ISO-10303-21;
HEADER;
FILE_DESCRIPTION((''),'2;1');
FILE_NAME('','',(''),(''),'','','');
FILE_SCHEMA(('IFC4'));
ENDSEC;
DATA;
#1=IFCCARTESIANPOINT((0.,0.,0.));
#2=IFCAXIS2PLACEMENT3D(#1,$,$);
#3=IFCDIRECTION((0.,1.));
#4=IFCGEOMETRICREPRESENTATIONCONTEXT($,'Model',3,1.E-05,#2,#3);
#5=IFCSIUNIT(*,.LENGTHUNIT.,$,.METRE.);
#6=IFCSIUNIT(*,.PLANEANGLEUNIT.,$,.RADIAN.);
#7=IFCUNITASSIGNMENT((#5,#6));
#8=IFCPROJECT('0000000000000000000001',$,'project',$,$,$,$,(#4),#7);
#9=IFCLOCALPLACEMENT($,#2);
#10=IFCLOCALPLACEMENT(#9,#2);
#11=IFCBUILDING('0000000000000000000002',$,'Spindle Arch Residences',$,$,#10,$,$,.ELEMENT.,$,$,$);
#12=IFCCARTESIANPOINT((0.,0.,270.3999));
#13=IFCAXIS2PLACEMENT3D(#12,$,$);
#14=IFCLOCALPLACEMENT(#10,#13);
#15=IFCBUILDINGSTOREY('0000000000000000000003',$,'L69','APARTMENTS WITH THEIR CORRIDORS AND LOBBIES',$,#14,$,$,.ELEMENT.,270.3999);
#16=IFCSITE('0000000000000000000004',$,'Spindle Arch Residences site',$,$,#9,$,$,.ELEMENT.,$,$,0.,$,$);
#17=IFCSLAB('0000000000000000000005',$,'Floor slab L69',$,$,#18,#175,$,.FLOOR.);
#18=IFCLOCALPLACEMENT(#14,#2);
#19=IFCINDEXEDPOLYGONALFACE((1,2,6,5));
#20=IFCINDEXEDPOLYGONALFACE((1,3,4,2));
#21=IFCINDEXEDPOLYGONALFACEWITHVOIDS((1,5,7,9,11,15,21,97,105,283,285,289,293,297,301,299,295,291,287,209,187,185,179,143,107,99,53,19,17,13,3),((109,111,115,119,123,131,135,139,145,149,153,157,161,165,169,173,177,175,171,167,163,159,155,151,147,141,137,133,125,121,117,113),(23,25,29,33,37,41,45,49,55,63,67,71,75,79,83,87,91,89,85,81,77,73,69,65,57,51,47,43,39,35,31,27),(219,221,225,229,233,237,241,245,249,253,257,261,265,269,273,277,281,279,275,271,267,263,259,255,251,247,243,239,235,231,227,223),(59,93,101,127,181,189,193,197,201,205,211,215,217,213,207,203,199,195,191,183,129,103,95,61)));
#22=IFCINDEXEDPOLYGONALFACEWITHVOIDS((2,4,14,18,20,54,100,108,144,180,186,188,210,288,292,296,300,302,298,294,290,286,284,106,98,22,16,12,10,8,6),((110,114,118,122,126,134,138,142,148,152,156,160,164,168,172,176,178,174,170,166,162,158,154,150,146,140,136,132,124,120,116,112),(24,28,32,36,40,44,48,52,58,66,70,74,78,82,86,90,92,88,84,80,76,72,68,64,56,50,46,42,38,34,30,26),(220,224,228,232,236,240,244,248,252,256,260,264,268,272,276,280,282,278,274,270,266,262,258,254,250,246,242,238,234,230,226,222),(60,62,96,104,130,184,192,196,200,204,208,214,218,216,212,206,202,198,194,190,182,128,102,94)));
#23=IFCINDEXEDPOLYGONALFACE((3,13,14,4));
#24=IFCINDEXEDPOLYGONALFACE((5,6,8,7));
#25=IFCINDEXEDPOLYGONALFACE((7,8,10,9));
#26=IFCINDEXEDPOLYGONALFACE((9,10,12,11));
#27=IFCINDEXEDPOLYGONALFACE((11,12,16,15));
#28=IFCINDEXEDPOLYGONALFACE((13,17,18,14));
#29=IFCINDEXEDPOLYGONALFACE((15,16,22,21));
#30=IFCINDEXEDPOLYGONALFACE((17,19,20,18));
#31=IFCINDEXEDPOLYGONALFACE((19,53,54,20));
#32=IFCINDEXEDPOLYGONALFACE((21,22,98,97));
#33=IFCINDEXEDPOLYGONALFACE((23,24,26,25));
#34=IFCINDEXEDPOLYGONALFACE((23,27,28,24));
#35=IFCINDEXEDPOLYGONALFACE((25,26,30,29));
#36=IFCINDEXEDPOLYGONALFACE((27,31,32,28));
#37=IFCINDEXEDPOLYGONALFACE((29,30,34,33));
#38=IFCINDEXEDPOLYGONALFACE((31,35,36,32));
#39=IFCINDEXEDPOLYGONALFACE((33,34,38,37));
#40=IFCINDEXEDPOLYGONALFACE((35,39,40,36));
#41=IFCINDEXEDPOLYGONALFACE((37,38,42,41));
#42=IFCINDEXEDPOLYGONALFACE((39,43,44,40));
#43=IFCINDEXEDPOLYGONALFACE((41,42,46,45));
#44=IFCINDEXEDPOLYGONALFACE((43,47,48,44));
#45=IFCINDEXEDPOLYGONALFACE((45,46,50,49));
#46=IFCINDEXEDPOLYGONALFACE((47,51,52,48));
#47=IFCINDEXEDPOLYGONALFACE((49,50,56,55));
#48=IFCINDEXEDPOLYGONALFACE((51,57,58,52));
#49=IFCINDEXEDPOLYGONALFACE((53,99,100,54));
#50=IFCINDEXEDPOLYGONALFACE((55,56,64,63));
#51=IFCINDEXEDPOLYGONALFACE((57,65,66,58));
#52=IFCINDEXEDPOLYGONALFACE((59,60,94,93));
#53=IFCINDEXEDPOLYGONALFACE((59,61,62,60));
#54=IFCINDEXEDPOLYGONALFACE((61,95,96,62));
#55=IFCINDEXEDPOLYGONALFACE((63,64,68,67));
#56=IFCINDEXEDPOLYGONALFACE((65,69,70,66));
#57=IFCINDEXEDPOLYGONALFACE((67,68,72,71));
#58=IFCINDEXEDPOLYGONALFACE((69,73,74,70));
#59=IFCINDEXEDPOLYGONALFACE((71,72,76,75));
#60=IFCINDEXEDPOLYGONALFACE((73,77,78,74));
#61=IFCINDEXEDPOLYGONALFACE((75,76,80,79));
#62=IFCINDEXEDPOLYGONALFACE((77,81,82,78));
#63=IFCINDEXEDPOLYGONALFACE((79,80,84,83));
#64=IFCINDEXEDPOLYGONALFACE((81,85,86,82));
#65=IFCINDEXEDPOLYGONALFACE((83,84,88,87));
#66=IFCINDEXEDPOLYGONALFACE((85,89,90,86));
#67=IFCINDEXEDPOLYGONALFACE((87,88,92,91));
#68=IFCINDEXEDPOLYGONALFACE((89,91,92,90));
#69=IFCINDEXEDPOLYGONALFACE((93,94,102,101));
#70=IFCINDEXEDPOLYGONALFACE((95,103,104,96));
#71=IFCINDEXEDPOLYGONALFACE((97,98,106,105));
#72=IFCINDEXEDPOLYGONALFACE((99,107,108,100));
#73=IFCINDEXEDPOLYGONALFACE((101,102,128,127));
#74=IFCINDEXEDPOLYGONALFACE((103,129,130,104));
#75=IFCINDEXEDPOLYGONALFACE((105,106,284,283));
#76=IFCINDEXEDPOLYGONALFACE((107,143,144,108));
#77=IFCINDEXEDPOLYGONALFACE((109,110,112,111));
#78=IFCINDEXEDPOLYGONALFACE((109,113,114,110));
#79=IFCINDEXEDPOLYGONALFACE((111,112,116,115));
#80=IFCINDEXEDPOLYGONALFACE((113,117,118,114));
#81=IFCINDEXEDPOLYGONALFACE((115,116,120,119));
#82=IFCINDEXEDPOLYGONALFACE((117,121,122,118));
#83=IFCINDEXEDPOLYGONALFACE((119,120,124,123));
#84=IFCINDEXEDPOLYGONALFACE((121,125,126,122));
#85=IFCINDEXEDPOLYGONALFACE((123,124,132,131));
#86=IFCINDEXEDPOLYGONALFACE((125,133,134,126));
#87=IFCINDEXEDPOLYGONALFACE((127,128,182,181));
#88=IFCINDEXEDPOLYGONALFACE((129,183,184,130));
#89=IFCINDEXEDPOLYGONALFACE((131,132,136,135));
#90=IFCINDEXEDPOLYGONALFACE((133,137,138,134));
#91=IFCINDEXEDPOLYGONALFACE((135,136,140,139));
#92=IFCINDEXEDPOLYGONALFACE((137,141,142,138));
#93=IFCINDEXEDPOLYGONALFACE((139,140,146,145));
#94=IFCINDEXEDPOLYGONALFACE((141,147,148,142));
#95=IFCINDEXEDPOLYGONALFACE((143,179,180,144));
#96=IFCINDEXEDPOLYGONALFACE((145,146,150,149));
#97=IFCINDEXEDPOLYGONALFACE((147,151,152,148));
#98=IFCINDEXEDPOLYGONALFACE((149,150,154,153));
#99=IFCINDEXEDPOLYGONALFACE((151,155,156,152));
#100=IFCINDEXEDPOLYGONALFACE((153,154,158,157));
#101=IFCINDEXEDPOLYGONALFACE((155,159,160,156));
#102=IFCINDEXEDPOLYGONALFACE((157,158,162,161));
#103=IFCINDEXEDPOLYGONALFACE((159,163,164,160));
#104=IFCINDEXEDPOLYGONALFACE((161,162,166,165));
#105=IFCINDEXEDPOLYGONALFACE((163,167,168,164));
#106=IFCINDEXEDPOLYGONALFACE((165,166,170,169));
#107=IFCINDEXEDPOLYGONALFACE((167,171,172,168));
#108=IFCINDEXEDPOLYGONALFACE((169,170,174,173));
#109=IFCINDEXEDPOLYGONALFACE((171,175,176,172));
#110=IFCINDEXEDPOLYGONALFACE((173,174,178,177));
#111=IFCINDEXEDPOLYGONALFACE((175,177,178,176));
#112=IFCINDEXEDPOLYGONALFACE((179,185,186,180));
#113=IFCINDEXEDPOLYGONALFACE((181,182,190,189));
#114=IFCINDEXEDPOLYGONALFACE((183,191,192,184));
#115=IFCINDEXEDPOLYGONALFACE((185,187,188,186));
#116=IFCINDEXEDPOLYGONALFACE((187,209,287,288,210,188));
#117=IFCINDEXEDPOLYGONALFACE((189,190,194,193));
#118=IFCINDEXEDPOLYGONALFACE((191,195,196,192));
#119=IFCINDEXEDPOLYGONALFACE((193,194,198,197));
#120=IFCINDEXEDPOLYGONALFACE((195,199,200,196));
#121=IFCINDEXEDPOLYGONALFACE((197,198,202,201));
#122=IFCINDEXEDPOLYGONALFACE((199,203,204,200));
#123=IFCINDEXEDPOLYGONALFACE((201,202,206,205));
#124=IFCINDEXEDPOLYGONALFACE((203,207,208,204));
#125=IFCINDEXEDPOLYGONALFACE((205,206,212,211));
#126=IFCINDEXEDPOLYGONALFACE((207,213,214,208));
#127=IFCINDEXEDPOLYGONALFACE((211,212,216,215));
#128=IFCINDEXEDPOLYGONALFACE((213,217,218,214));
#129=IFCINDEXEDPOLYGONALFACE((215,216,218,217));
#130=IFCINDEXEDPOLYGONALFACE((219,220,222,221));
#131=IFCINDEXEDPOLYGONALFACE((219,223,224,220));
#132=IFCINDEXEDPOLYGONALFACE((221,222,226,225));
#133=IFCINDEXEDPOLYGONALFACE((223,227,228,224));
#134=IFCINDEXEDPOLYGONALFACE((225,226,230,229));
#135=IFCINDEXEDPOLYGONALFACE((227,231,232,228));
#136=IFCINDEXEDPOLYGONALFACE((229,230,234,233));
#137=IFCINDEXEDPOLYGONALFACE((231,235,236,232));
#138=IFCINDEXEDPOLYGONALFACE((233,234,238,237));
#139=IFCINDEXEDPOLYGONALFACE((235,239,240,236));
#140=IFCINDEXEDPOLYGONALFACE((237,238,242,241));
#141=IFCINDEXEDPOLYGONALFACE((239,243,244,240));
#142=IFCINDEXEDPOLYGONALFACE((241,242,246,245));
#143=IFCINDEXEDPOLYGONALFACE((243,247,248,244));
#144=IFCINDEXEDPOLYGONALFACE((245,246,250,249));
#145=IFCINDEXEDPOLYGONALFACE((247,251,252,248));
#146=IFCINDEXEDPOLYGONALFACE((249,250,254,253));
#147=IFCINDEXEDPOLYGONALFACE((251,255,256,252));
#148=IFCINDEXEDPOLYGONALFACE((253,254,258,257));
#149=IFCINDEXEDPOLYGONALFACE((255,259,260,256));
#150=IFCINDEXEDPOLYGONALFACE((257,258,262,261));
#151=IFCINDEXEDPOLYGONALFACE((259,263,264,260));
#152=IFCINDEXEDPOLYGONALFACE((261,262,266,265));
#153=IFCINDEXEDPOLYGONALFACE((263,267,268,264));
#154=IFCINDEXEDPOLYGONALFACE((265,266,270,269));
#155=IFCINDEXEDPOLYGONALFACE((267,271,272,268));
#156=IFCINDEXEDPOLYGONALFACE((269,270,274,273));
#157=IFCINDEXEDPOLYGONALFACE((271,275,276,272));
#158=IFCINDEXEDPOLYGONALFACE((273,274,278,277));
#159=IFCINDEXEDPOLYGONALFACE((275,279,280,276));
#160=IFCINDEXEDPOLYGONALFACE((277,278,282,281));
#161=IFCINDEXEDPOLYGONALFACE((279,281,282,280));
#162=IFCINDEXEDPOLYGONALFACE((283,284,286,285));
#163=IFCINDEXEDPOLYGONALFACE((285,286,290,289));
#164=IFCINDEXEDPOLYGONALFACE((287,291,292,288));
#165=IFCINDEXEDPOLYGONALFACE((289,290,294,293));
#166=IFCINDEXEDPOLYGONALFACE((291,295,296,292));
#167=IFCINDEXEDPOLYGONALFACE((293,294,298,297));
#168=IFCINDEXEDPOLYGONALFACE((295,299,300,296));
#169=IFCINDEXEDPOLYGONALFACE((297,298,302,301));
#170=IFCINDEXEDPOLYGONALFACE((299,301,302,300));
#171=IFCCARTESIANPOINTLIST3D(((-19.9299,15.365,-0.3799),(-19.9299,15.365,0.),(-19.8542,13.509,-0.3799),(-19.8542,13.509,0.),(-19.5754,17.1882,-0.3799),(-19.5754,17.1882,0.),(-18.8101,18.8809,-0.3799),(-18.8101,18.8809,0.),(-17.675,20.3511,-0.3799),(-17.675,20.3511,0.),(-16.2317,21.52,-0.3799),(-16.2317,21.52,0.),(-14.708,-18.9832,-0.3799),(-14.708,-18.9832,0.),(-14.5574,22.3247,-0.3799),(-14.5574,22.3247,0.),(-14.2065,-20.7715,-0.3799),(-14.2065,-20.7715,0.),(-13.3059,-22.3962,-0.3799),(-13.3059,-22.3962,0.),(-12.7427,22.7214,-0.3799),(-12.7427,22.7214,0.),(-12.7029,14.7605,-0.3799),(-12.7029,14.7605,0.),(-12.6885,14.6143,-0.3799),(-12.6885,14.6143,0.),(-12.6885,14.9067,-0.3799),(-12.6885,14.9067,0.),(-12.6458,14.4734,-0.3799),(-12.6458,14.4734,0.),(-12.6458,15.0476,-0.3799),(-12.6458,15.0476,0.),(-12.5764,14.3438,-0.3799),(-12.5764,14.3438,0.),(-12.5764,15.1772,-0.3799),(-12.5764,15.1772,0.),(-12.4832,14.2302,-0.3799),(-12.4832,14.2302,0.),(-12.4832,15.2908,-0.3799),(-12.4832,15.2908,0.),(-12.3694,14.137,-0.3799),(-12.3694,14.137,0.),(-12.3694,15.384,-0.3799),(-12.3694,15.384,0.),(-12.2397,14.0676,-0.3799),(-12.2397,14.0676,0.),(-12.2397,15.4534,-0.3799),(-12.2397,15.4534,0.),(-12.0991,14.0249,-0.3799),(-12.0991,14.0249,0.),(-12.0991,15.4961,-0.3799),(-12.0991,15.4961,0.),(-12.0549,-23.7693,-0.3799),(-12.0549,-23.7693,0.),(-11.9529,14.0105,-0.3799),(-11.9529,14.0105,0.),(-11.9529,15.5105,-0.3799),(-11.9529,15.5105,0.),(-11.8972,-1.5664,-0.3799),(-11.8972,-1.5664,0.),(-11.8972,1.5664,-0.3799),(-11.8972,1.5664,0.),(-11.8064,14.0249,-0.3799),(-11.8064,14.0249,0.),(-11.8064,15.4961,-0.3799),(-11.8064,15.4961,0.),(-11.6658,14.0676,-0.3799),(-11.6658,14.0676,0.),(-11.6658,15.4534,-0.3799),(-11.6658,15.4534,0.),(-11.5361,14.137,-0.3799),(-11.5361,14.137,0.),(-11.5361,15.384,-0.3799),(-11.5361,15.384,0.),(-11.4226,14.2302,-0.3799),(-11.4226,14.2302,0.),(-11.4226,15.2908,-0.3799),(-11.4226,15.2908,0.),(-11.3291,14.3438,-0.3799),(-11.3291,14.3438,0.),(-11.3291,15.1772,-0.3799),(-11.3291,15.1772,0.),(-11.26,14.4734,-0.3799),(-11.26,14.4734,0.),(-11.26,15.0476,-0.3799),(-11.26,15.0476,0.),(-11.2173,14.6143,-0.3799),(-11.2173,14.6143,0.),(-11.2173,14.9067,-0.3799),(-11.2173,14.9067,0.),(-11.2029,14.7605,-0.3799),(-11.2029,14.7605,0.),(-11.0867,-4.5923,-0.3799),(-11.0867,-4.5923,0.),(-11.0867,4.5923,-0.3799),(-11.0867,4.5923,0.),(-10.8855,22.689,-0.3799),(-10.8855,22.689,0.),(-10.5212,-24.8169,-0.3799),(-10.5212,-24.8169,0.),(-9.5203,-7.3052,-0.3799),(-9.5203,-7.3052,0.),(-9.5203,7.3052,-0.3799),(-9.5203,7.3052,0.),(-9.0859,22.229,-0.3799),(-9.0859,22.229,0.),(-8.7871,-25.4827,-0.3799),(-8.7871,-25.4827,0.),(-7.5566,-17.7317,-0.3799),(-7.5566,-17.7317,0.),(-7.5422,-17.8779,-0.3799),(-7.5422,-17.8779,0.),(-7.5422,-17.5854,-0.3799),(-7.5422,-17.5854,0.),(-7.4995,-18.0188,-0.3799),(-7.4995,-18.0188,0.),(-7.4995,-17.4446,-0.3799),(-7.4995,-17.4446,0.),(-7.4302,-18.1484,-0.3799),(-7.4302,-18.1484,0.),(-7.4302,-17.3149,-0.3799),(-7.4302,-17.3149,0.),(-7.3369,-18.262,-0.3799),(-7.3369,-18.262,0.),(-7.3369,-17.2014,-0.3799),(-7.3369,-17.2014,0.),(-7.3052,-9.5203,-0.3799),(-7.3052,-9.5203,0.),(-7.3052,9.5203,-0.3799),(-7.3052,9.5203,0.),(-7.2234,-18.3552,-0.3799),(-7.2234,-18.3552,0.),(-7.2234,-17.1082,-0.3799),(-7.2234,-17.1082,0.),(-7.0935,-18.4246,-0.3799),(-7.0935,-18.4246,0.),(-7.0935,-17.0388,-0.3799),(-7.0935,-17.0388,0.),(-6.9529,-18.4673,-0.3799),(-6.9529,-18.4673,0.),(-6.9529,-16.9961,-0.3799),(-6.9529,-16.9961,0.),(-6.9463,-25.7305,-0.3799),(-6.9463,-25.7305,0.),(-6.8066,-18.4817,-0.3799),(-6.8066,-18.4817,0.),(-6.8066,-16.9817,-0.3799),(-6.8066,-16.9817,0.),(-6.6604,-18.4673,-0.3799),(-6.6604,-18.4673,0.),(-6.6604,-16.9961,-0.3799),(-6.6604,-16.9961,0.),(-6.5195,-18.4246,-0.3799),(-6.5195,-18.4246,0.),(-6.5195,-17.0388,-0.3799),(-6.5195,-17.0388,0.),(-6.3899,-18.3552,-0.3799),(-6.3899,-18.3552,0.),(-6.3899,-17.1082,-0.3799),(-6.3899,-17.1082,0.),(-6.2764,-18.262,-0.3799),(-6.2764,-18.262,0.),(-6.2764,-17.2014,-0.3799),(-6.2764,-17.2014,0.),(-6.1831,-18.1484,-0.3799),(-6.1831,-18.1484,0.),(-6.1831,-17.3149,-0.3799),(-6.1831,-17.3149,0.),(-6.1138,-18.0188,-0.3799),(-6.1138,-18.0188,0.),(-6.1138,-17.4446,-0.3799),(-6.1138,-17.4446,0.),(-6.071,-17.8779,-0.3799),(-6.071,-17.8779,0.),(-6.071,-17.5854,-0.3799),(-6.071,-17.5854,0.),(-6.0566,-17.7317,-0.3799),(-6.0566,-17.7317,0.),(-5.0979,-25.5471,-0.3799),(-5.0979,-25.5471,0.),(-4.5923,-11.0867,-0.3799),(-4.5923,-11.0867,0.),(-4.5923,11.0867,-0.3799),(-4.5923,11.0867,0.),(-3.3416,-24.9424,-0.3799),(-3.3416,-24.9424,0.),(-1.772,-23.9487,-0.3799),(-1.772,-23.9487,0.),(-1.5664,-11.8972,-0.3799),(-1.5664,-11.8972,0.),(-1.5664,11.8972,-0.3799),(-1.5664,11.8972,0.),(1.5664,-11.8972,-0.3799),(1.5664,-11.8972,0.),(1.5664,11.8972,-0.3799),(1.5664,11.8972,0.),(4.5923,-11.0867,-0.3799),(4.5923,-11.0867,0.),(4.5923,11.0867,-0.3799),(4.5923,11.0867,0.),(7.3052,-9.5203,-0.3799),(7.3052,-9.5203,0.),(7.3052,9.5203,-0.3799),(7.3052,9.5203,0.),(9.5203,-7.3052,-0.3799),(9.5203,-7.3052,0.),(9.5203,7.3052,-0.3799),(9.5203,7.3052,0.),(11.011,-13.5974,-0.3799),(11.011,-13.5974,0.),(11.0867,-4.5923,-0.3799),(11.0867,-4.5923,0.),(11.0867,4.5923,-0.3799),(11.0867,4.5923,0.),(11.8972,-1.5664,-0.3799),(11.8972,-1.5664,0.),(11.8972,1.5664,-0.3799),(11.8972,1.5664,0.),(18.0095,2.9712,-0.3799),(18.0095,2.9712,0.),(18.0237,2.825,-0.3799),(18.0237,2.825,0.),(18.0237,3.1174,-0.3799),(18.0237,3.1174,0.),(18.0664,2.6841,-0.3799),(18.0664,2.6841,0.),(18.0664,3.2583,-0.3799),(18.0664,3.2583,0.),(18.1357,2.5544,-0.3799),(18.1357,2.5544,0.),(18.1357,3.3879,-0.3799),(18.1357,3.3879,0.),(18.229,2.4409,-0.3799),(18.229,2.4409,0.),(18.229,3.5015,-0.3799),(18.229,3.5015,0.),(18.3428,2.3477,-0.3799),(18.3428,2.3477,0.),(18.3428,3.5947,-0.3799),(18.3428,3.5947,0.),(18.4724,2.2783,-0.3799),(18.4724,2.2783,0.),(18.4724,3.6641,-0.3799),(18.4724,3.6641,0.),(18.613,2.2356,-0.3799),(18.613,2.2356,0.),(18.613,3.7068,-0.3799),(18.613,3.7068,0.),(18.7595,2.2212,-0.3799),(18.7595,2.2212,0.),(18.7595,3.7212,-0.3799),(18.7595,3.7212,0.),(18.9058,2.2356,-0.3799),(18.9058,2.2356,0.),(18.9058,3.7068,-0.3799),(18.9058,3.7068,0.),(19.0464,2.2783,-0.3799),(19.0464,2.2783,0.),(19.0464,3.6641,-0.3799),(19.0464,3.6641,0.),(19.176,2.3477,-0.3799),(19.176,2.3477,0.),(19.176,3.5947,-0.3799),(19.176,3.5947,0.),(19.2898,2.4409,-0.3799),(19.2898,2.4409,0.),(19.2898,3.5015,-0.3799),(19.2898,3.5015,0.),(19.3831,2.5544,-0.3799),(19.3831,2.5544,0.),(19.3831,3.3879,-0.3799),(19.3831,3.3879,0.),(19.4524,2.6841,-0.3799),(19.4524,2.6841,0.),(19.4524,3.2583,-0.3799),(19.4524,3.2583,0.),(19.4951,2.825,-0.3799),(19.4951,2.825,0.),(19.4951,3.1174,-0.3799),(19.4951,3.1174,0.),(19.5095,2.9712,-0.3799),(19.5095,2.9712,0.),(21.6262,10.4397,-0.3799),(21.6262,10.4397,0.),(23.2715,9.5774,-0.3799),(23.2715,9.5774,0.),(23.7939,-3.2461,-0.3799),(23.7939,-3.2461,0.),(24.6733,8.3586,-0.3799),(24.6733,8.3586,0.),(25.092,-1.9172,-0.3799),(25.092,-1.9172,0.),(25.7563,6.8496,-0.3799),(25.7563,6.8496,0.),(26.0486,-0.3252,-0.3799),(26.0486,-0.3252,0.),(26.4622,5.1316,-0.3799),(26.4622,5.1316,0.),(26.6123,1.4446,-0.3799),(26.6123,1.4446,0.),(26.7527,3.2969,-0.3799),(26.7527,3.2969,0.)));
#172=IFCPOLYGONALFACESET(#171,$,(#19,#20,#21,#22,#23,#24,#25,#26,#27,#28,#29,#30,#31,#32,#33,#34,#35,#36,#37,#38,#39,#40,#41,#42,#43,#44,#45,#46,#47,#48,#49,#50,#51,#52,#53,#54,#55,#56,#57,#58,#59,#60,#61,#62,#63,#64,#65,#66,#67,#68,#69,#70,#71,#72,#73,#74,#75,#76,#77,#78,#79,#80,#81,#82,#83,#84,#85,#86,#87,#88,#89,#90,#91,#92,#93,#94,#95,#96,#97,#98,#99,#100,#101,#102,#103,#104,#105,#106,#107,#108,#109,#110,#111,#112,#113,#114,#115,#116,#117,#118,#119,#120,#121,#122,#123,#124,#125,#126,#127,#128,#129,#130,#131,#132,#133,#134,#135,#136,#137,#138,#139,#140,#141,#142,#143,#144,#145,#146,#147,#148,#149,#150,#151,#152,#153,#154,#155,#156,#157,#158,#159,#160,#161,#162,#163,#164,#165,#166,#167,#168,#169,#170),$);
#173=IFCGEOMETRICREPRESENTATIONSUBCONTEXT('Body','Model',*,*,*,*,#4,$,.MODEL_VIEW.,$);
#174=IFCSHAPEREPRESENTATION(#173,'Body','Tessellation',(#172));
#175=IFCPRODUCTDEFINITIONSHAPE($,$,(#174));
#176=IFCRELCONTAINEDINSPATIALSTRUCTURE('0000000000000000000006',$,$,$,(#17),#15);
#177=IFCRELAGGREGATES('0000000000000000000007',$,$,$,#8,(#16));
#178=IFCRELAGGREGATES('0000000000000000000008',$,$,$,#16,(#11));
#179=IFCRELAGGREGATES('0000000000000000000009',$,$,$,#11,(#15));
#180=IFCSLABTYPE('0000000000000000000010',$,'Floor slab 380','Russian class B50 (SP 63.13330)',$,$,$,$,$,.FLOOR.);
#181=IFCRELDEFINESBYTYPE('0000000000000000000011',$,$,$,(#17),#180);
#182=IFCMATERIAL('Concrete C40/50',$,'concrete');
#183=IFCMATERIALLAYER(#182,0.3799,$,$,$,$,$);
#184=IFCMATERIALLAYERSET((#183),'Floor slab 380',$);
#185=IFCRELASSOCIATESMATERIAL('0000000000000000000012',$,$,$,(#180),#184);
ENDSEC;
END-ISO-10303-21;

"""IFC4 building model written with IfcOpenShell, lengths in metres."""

from ifc_helpers import new_model, si_unit, direction, frame, origin, place, context, subcontext, project, spatial, polyline, outline, extrude, material, layer, layer_set, type_object, element, save


model = new_model("IFC4")

# Units and contexts
model_context = context("Model", 3, precision=1e-05, world=origin(), true_north=direction((0.0, 1.0)))
body_context = subcontext(model_context, "Body", "Model", "MODEL_VIEW")
ifc_project = project(units=[si_unit("LENGTHUNIT", "METRE"), si_unit("PLANEANGLEUNIT", "RADIAN")], contexts=[model_context])

# Site, building, storey
site_placement = place(None, origin())
site = spatial("IfcSite", under=ifc_project, at=site_placement, Name="Spindle Arch Residences site", CompositionType="ELEMENT", RefElevation=0.0)
building_placement = place(site_placement, origin())
building = spatial("IfcBuilding", under=site, at=building_placement, Name="Spindle Arch Residences", CompositionType="ELEMENT")
storey_placement = place(building_placement, frame((0.0, 0.0, 270.3999)))
storey = spatial("IfcBuildingStorey", under=building, at=storey_placement, Name="L69", Description="APARTMENTS WITH THEIR CORRIDORS AND LOBBIES", CompositionType="ELEMENT", Elevation=270.3999)

# Slab
ifc_material_1 = material(Name="Concrete C40/50", Category="concrete")
ifc_layer_1 = layer(ifc_material_1, 0.3799)
ifc_layer_set_1 = layer_set([ifc_layer_1], Name="Floor slab 380")
slab_type = type_object("IfcSlabType", Name="Floor slab 380", Description="Russian class B50 (SP 63.13330)", PredefinedType="FLOOR", material=ifc_layer_set_1)
slab_placement = place(storey_placement, frame((0.0, 0.0, -0.3799)))
element("IfcSlab", 1, at=slab_placement, inside=storey, type_object=slab_type, Name="Floor slab L69", PredefinedType="FLOOR", context=body_context, shape_type="SweptSolid", body=[
    extrude(outline(polyline([(-3.3416, -24.9424), (-5.0979, -25.5471), (-6.9463, -25.7305), (-8.7871, -25.4827), (-10.5212, -24.8169), (-12.0549, -23.7693), (-13.3059, -22.3962), (-14.2065, -20.7715), (-14.708, -18.9832), (-19.8542, 13.509), (-19.9299, 15.365), (-19.5754, 17.1882), (-18.8101, 18.8809), (-17.675, 20.3511), (-16.2317, 21.52), (-14.5574, 22.3247), (-12.7427, 22.7214), (-10.8855, 22.689), (-9.0859, 22.229), (21.6262, 10.4397), (23.2715, 9.5774), (24.6733, 8.3586), (25.7563, 6.8496), (26.4622, 5.1316), (26.7527, 3.2969), (26.6123, 1.4446), (26.0486, -0.3252), (25.092, -1.9172), (23.7939, -3.2461), (11.011, -13.5974), (-1.772, -23.9487), (-3.3416, -24.9424)]), holes=[polyline([(7.3052, -9.5203), (9.5203, -7.3052), (11.0867, -4.5923), (11.8972, -1.5664), (11.8972, 1.5664), (11.0867, 4.5923), (9.5203, 7.3052), (7.3052, 9.5203), (4.5923, 11.0867), (1.5664, 11.8972), (-1.5664, 11.8972), (-4.5923, 11.0867), (-7.3052, 9.5203), (-9.5203, 7.3052), (-11.0867, 4.5923), (-11.8972, 1.5664), (-11.8972, -1.5664), (-11.0867, -4.5923), (-9.5203, -7.3052), (-7.3052, -9.5203), (-4.5923, -11.0867), (-1.5664, -11.8972), (1.5664, -11.8972), (4.5923, -11.0867), (7.3052, -9.5203)]), polyline([(-6.2764, -18.262), (-6.1831, -18.1484), (-6.1138, -18.0188), (-6.071, -17.8779), (-6.0566, -17.7317), (-6.071, -17.5854), (-6.1138, -17.4446), (-6.1831, -17.3149), (-6.2764, -17.2014), (-6.3899, -17.1082), (-6.5195, -17.0388), (-6.6604, -16.9961), (-6.8066, -16.9817), (-6.9529, -16.9961), (-7.0935, -17.0388), (-7.2234, -17.1082), (-7.3369, -17.2014), (-7.4302, -17.3149), (-7.4995, -17.4446), (-7.5422, -17.5854), (-7.5566, -17.7317), (-7.5422, -17.8779), (-7.4995, -18.0188), (-7.4302, -18.1484), (-7.3369, -18.262), (-7.2234, -18.3552), (-7.0935, -18.4246), (-6.9529, -18.4673), (-6.8066, -18.4817), (-6.6604, -18.4673), (-6.5195, -18.4246), (-6.3899, -18.3552), (-6.2764, -18.262)]), polyline([(-11.3291, 14.3438), (-11.26, 14.4734), (-11.2173, 14.6143), (-11.2029, 14.7605), (-11.2173, 14.9067), (-11.26, 15.0476), (-11.3291, 15.1772), (-11.4226, 15.2908), (-11.5361, 15.384), (-11.6658, 15.4534), (-11.8064, 15.4961), (-11.9529, 15.5105), (-12.0991, 15.4961), (-12.2397, 15.4534), (-12.3694, 15.384), (-12.4832, 15.2908), (-12.5764, 15.1772), (-12.6458, 15.0476), (-12.6885, 14.9067), (-12.7029, 14.7605), (-12.6885, 14.6143), (-12.6458, 14.4734), (-12.5764, 14.3438), (-12.4832, 14.2302), (-12.3694, 14.137), (-12.2397, 14.0676), (-12.0991, 14.0249), (-11.9529, 14.0105), (-11.8064, 14.0249), (-11.6658, 14.0676), (-11.5361, 14.137), (-11.4226, 14.2302), (-11.3291, 14.3438)]), polyline([(19.3831, 2.5544), (19.4524, 2.6841), (19.4951, 2.825), (19.5095, 2.9712), (19.4951, 3.1174), (19.4524, 3.2583), (19.3831, 3.3879), (19.2898, 3.5015), (19.176, 3.5947), (19.0464, 3.6641), (18.9058, 3.7068), (18.7595, 3.7212), (18.613, 3.7068), (18.4724, 3.6641), (18.3428, 3.5947), (18.229, 3.5015), (18.1357, 3.3879), (18.0664, 3.2583), (18.0237, 3.1174), (18.0095, 2.9712), (18.0237, 2.825), (18.0664, 2.6841), (18.1357, 2.5544), (18.229, 2.4409), (18.3428, 2.3477), (18.4724, 2.2783), (18.613, 2.2356), (18.7595, 2.2212), (18.9058, 2.2356), (19.0464, 2.2783), (19.176, 2.3477), (19.2898, 2.4409), (19.3831, 2.5544)])]), origin(), (0.0, 0.0, 1.0), 0.3799),
])

save(model, "model.ifc")
